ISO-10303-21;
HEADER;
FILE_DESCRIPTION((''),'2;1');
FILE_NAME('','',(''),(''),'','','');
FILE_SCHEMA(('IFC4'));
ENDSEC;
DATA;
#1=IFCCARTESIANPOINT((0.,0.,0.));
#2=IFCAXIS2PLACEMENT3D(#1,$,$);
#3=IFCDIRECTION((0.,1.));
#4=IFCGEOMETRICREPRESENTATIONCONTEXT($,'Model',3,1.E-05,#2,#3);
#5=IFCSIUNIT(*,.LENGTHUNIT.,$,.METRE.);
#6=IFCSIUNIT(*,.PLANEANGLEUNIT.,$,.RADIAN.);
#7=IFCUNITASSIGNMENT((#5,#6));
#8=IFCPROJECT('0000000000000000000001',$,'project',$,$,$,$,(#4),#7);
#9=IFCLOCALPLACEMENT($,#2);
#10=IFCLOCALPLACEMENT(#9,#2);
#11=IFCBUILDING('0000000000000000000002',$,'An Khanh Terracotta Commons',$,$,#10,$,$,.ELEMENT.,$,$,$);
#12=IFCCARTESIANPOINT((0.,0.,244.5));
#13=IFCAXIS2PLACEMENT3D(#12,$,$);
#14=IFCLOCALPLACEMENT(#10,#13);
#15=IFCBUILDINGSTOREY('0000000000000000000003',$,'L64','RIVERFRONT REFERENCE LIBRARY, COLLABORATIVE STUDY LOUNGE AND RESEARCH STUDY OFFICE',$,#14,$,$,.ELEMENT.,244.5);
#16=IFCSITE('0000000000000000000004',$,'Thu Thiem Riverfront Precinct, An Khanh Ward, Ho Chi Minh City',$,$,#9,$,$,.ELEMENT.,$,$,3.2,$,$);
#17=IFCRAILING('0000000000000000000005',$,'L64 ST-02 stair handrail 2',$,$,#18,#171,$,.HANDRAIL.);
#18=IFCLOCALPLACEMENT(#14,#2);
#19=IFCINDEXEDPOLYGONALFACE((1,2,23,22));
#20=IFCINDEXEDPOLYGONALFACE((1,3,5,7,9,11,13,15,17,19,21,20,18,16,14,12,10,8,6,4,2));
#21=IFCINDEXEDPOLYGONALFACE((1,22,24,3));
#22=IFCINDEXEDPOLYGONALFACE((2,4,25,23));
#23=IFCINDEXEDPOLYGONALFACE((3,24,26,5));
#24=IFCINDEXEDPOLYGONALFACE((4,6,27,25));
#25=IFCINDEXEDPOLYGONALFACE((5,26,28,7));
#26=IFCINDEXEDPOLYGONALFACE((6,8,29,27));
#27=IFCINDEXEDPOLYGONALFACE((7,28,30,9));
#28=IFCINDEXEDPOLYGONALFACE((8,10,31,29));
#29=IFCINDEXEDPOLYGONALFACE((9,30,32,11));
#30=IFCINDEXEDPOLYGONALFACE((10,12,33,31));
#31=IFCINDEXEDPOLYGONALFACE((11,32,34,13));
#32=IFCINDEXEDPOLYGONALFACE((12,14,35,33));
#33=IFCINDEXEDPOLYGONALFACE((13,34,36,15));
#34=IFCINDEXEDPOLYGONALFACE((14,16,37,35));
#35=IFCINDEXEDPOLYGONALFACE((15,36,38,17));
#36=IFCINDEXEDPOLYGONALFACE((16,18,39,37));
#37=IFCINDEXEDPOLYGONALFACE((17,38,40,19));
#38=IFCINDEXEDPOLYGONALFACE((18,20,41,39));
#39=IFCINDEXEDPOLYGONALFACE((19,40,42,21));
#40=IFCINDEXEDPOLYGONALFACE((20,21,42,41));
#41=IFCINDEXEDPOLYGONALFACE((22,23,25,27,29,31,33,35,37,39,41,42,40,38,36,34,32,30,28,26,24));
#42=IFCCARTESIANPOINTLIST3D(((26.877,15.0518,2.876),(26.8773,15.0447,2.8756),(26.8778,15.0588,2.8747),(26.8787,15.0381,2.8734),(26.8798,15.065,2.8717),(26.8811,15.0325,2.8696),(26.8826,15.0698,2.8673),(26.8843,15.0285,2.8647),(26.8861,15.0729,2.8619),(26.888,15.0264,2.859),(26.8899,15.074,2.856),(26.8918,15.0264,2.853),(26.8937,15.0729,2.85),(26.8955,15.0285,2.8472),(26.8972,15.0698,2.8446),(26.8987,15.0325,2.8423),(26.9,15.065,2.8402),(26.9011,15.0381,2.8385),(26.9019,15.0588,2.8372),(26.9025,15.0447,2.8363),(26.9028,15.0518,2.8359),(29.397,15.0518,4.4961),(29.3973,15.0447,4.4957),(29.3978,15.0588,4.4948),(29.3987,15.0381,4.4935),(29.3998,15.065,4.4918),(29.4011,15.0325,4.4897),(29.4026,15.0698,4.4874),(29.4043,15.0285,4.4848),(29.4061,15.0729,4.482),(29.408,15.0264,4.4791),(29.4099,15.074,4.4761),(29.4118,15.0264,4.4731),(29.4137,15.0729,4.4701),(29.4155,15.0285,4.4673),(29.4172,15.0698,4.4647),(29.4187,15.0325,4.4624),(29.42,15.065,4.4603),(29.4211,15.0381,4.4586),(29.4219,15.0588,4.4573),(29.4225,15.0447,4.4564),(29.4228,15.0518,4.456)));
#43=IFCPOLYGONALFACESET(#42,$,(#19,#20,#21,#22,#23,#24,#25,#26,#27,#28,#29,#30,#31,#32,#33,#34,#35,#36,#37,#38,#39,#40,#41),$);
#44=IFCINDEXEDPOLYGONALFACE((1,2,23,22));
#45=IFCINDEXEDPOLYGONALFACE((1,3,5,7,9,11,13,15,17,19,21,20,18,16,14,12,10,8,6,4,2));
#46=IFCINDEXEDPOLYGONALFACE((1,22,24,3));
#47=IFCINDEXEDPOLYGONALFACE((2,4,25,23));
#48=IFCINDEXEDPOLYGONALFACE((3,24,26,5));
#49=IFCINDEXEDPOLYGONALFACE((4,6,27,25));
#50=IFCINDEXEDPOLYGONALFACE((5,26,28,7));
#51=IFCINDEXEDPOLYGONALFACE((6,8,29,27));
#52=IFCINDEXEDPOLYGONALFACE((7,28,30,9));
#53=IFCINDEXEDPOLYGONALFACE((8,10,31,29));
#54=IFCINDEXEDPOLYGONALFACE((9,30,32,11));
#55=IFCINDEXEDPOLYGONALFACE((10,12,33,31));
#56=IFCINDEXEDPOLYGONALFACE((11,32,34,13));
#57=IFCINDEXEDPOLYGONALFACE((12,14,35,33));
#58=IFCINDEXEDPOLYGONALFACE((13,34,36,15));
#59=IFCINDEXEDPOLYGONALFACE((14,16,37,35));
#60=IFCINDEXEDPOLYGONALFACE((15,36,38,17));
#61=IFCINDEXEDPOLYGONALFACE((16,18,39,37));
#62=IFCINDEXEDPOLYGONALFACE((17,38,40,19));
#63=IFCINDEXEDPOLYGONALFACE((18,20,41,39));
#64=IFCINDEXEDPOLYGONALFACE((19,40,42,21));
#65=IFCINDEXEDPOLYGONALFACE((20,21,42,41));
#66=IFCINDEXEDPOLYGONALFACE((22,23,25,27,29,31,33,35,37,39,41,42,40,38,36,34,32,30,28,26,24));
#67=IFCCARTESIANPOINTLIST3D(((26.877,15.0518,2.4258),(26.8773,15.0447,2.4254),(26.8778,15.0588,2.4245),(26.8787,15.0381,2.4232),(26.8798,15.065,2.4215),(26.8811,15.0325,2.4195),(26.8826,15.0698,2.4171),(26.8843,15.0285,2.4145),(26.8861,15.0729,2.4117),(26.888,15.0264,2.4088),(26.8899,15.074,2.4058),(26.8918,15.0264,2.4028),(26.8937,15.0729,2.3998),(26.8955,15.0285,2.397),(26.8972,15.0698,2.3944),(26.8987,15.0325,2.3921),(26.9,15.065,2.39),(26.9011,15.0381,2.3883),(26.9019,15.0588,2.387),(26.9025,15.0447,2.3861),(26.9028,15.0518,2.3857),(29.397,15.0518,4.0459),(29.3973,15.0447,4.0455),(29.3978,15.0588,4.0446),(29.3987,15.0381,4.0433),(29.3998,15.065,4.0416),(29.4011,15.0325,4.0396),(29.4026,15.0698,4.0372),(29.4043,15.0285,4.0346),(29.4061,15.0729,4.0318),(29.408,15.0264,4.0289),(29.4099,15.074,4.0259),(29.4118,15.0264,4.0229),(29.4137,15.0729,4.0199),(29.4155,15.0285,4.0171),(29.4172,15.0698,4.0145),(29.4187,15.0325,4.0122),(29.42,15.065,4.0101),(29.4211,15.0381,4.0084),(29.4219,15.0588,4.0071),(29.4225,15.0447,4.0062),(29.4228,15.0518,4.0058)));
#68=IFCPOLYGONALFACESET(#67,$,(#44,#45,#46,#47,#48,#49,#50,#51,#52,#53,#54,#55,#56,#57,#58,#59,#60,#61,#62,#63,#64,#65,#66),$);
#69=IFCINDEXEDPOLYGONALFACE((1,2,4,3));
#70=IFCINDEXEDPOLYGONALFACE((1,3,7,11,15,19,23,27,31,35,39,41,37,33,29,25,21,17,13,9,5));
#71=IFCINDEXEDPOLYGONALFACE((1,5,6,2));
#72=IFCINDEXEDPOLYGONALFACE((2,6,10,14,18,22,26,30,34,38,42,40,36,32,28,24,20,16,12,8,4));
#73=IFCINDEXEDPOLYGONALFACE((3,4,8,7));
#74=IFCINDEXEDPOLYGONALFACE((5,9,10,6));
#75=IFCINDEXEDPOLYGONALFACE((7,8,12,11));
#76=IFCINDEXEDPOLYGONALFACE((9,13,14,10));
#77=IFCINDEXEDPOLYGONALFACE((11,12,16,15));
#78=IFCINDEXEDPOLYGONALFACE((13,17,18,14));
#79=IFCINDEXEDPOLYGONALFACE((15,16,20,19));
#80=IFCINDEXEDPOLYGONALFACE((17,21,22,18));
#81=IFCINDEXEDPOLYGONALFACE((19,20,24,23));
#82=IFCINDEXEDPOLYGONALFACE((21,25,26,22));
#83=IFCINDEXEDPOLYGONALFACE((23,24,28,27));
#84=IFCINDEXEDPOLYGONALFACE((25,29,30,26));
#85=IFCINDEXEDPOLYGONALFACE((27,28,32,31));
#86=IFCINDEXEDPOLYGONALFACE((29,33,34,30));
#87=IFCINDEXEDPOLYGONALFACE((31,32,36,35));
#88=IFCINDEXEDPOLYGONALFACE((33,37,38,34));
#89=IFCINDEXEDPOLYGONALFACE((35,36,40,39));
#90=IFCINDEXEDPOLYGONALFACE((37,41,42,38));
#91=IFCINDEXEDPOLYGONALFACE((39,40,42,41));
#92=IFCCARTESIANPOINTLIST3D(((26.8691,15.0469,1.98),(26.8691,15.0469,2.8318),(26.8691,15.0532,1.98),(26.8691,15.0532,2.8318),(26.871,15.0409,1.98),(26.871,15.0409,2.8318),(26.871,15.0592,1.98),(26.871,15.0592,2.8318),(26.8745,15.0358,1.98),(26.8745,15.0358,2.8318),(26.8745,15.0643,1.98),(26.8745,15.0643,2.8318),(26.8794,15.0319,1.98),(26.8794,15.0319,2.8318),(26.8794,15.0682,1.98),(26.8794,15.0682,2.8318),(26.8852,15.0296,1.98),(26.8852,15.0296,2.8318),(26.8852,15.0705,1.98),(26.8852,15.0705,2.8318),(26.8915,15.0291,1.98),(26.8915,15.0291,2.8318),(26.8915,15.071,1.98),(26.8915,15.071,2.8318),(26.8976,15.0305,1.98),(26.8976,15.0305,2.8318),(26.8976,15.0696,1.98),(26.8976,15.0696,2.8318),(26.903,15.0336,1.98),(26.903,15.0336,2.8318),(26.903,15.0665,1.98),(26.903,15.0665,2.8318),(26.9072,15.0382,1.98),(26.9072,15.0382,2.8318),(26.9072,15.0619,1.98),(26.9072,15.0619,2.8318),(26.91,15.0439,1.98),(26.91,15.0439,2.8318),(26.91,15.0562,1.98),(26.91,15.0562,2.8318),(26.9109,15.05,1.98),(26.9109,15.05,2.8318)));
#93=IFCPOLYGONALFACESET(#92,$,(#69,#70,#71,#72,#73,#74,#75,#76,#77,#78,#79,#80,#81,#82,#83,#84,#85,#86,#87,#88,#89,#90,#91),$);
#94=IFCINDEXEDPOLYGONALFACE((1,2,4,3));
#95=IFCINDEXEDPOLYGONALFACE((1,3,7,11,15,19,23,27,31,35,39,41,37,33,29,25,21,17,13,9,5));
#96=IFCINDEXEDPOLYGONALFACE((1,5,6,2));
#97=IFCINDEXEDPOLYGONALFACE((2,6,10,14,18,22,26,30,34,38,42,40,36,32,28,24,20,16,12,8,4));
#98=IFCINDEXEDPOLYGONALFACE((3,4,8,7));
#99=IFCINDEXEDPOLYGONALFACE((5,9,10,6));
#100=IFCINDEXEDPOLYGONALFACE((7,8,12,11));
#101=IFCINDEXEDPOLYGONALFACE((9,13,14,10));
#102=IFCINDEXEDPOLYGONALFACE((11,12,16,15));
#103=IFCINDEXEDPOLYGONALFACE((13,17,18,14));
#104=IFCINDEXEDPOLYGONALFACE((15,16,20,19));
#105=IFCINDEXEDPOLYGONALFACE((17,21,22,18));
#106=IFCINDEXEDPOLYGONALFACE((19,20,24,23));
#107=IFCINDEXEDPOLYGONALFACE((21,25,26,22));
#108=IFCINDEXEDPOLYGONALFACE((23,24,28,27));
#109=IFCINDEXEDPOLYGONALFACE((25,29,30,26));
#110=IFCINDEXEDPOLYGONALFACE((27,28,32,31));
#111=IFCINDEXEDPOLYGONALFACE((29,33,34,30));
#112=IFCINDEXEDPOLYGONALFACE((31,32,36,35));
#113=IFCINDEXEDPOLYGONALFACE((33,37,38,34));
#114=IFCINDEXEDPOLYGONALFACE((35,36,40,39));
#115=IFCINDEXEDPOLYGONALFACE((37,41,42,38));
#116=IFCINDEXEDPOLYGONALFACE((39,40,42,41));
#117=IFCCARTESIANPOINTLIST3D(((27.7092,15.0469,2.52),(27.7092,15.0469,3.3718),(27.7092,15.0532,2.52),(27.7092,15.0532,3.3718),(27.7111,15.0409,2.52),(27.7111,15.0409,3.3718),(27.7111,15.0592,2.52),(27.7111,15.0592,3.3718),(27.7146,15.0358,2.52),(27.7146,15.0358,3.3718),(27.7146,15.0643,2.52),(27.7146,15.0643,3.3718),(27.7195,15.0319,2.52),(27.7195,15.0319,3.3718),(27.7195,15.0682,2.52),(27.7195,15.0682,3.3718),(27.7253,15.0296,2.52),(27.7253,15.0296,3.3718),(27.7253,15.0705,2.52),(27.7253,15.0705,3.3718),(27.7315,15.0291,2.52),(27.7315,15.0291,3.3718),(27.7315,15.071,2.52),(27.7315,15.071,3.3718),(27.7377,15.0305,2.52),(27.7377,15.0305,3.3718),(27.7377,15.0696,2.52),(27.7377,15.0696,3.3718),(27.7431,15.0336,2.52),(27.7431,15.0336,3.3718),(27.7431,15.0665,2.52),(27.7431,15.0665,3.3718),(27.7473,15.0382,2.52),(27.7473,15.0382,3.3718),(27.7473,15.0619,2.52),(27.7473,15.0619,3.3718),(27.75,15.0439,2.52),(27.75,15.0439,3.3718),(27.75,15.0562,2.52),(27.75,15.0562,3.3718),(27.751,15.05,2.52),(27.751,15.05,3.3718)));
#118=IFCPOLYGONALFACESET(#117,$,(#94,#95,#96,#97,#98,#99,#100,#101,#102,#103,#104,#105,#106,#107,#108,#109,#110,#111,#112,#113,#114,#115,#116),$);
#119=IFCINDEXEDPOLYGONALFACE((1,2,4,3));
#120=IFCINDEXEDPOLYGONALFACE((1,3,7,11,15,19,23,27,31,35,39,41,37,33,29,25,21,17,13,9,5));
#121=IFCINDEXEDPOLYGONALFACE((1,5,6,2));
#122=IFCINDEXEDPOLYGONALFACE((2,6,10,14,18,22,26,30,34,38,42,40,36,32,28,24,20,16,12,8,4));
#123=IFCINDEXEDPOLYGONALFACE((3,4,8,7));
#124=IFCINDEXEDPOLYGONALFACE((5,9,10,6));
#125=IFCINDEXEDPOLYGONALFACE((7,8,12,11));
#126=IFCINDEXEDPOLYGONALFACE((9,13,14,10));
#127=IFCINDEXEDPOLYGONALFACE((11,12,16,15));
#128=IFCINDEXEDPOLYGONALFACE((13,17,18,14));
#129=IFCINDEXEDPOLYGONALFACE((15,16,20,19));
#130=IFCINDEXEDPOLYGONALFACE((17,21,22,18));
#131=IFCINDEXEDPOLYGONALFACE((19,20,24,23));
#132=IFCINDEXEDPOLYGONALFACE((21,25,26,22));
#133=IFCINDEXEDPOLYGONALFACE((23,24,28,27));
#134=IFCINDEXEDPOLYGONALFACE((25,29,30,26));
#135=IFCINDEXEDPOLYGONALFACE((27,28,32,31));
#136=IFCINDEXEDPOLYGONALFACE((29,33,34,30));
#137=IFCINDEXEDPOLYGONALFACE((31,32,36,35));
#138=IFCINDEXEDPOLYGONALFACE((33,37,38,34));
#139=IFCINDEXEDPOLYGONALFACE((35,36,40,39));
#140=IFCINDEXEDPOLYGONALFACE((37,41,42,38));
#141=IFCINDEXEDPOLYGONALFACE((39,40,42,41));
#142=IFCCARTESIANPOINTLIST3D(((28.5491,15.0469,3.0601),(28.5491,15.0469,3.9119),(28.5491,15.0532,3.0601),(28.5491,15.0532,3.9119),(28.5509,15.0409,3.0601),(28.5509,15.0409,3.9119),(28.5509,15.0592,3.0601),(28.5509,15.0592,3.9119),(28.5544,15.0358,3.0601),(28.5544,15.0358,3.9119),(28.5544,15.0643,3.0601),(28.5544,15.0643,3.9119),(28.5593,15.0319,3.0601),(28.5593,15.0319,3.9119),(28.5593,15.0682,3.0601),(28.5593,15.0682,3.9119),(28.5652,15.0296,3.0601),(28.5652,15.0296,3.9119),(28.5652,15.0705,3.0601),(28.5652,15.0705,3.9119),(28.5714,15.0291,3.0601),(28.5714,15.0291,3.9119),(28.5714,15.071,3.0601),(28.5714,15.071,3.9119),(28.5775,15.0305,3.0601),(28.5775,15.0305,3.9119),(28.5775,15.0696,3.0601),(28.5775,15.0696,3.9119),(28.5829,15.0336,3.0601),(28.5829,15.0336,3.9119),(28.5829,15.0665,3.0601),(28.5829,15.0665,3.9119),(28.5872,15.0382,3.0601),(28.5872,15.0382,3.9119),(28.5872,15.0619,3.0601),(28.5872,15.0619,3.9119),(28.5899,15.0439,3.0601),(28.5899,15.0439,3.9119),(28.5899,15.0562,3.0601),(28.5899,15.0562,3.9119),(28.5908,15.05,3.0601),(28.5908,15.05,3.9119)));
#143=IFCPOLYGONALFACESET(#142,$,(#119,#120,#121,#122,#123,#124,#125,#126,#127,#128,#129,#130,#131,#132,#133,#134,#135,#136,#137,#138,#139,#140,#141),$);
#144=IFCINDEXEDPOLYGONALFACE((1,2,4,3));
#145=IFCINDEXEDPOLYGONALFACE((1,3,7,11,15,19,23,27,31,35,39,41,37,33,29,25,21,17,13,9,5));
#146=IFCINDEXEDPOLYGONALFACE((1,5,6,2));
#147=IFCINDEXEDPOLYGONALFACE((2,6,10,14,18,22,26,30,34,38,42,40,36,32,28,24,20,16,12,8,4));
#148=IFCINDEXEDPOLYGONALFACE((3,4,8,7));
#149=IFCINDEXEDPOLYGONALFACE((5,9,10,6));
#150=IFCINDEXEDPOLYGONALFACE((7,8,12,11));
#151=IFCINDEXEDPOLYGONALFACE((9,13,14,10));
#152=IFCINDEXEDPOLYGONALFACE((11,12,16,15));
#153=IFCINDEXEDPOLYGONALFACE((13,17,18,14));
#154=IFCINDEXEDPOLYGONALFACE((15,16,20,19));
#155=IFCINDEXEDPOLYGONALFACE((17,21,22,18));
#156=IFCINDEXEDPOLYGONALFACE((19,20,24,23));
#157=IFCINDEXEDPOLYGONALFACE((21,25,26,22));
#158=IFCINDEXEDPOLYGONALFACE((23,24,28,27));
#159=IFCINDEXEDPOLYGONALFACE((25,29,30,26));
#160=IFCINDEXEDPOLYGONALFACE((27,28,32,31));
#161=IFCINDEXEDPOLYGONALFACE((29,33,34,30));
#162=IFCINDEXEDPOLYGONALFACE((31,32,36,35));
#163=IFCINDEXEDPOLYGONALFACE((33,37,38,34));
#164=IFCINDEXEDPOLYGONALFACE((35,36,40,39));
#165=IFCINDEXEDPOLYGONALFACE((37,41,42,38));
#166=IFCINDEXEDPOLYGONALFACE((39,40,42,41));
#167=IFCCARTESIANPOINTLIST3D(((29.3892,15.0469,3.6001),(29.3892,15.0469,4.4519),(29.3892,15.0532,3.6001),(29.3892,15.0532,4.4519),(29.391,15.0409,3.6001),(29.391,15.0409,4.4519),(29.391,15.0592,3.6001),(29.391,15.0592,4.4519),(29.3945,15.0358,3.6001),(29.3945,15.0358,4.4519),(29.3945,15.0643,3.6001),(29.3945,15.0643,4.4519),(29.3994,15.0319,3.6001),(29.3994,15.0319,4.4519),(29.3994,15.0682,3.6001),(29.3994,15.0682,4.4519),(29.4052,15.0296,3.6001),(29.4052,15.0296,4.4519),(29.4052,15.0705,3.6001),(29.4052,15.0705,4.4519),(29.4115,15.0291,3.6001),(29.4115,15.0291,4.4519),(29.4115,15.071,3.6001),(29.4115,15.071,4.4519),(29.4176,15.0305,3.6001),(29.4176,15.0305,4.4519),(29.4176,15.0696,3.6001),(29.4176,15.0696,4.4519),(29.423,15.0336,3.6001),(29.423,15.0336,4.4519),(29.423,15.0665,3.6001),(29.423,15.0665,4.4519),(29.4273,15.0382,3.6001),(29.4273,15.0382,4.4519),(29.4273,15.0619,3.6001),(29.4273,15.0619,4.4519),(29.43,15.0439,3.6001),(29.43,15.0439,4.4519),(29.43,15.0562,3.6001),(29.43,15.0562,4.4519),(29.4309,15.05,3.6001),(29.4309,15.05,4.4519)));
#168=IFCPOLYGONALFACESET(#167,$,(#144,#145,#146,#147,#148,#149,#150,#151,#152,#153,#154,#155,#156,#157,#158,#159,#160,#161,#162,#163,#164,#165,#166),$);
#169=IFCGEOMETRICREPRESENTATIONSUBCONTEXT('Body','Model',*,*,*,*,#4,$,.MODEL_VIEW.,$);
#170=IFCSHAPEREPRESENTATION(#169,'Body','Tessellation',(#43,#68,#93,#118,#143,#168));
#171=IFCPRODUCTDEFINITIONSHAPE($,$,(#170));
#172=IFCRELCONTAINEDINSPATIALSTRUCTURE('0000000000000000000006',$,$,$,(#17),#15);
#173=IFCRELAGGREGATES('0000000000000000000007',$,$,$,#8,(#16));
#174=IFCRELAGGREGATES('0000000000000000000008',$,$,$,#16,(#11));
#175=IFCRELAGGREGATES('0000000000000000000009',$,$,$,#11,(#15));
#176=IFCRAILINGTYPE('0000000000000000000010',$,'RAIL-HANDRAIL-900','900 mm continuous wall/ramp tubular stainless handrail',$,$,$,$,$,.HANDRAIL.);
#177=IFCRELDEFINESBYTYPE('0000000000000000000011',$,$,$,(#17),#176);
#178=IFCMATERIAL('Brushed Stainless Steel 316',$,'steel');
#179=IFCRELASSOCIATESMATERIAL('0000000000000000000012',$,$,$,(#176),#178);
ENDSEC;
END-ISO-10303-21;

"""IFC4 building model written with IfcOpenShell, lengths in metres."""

from ifc_helpers import new_model, si_unit, direction, frame, origin, origin_2d, place, context, subcontext, project, spatial, circle, extrude, material, type_object, element, save


model = new_model("IFC4")

# Units and contexts
model_context = context("Model", 3, precision=1e-05, world=origin(), true_north=direction((0.0, 1.0)))
body_context = subcontext(model_context, "Body", "Model", "MODEL_VIEW")
ifc_project = project(units=[si_unit("LENGTHUNIT", "METRE"), si_unit("PLANEANGLEUNIT", "RADIAN")], contexts=[model_context])

# Site, building, storey
site_placement = place(None, origin())
site = spatial("IfcSite", under=ifc_project, at=site_placement, Name="Thu Thiem Riverfront Precinct, An Khanh Ward, Ho Chi Minh City", CompositionType="ELEMENT", RefElevation=3.2)
building_placement = place(site_placement, origin())
building = spatial("IfcBuilding", under=site, at=building_placement, Name="An Khanh Terracotta Commons", CompositionType="ELEMENT")
storey_placement = place(building_placement, frame((0.0, 0.0, 244.5)))
storey = spatial("IfcBuildingStorey", under=building, at=storey_placement, Name="L64", Description="RIVERFRONT REFERENCE LIBRARY, COLLABORATIVE STUDY LOUNGE AND RESEARCH STUDY OFFICE", CompositionType="ELEMENT", Elevation=244.5)

# Railing
ifc_material_1 = material(Name="Brushed Stainless Steel 316", Category="steel")
railing_type_1 = type_object("IfcRailingType", Name="RAIL-HANDRAIL-900", Description="900 mm continuous wall/ramp tubular stainless handrail", PredefinedType="HANDRAIL", material=ifc_material_1)
railing_1_placement = place(storey_placement, frame((26.8899, 15.05, 1.98)))
element("IfcRailing", 1, at=railing_1_placement, inside=storey, type_object=railing_type_1, Name="L64 ST-02 stair handrail 2", PredefinedType="HANDRAIL", context=body_context, shape_type="SweptSolid", body=[
    extrude(circle(Radius=0.0239, at=origin_2d()), frame((0.0, 0.0, 0.876), z_axis=(0.841163, 0.0, 0.540782), x_axis=(0.0, 1.0, 0.0)), (0.0, 0.0, 1.0), 2.9958),
    extrude(circle(Radius=0.0239, at=origin_2d()), frame((0.0, 0.0, 0.4258), z_axis=(0.841163, 0.0, 0.540782), x_axis=(0.0, 1.0, 0.0)), (0.0, 0.0, 1.0), 2.9958),
    extrude(circle(Radius=0.021, at=origin_2d()), origin(), (0.0, 0.0, 1.0), 0.8518),
    extrude(circle(Radius=0.021, at=origin_2d()), frame((0.8401, 0.0, 0.54)), (0.0, 0.0, 1.0), 0.8518),
    extrude(circle(Radius=0.021, at=origin_2d()), frame((1.6799, 0.0, 1.0801)), (0.0, 0.0, 1.0), 0.8518),
    extrude(circle(Radius=0.021, at=origin_2d()), frame((2.52, 0.0, 1.6201)), (0.0, 0.0, 1.0), 0.8518),
])

save(model, "model.ifc")
